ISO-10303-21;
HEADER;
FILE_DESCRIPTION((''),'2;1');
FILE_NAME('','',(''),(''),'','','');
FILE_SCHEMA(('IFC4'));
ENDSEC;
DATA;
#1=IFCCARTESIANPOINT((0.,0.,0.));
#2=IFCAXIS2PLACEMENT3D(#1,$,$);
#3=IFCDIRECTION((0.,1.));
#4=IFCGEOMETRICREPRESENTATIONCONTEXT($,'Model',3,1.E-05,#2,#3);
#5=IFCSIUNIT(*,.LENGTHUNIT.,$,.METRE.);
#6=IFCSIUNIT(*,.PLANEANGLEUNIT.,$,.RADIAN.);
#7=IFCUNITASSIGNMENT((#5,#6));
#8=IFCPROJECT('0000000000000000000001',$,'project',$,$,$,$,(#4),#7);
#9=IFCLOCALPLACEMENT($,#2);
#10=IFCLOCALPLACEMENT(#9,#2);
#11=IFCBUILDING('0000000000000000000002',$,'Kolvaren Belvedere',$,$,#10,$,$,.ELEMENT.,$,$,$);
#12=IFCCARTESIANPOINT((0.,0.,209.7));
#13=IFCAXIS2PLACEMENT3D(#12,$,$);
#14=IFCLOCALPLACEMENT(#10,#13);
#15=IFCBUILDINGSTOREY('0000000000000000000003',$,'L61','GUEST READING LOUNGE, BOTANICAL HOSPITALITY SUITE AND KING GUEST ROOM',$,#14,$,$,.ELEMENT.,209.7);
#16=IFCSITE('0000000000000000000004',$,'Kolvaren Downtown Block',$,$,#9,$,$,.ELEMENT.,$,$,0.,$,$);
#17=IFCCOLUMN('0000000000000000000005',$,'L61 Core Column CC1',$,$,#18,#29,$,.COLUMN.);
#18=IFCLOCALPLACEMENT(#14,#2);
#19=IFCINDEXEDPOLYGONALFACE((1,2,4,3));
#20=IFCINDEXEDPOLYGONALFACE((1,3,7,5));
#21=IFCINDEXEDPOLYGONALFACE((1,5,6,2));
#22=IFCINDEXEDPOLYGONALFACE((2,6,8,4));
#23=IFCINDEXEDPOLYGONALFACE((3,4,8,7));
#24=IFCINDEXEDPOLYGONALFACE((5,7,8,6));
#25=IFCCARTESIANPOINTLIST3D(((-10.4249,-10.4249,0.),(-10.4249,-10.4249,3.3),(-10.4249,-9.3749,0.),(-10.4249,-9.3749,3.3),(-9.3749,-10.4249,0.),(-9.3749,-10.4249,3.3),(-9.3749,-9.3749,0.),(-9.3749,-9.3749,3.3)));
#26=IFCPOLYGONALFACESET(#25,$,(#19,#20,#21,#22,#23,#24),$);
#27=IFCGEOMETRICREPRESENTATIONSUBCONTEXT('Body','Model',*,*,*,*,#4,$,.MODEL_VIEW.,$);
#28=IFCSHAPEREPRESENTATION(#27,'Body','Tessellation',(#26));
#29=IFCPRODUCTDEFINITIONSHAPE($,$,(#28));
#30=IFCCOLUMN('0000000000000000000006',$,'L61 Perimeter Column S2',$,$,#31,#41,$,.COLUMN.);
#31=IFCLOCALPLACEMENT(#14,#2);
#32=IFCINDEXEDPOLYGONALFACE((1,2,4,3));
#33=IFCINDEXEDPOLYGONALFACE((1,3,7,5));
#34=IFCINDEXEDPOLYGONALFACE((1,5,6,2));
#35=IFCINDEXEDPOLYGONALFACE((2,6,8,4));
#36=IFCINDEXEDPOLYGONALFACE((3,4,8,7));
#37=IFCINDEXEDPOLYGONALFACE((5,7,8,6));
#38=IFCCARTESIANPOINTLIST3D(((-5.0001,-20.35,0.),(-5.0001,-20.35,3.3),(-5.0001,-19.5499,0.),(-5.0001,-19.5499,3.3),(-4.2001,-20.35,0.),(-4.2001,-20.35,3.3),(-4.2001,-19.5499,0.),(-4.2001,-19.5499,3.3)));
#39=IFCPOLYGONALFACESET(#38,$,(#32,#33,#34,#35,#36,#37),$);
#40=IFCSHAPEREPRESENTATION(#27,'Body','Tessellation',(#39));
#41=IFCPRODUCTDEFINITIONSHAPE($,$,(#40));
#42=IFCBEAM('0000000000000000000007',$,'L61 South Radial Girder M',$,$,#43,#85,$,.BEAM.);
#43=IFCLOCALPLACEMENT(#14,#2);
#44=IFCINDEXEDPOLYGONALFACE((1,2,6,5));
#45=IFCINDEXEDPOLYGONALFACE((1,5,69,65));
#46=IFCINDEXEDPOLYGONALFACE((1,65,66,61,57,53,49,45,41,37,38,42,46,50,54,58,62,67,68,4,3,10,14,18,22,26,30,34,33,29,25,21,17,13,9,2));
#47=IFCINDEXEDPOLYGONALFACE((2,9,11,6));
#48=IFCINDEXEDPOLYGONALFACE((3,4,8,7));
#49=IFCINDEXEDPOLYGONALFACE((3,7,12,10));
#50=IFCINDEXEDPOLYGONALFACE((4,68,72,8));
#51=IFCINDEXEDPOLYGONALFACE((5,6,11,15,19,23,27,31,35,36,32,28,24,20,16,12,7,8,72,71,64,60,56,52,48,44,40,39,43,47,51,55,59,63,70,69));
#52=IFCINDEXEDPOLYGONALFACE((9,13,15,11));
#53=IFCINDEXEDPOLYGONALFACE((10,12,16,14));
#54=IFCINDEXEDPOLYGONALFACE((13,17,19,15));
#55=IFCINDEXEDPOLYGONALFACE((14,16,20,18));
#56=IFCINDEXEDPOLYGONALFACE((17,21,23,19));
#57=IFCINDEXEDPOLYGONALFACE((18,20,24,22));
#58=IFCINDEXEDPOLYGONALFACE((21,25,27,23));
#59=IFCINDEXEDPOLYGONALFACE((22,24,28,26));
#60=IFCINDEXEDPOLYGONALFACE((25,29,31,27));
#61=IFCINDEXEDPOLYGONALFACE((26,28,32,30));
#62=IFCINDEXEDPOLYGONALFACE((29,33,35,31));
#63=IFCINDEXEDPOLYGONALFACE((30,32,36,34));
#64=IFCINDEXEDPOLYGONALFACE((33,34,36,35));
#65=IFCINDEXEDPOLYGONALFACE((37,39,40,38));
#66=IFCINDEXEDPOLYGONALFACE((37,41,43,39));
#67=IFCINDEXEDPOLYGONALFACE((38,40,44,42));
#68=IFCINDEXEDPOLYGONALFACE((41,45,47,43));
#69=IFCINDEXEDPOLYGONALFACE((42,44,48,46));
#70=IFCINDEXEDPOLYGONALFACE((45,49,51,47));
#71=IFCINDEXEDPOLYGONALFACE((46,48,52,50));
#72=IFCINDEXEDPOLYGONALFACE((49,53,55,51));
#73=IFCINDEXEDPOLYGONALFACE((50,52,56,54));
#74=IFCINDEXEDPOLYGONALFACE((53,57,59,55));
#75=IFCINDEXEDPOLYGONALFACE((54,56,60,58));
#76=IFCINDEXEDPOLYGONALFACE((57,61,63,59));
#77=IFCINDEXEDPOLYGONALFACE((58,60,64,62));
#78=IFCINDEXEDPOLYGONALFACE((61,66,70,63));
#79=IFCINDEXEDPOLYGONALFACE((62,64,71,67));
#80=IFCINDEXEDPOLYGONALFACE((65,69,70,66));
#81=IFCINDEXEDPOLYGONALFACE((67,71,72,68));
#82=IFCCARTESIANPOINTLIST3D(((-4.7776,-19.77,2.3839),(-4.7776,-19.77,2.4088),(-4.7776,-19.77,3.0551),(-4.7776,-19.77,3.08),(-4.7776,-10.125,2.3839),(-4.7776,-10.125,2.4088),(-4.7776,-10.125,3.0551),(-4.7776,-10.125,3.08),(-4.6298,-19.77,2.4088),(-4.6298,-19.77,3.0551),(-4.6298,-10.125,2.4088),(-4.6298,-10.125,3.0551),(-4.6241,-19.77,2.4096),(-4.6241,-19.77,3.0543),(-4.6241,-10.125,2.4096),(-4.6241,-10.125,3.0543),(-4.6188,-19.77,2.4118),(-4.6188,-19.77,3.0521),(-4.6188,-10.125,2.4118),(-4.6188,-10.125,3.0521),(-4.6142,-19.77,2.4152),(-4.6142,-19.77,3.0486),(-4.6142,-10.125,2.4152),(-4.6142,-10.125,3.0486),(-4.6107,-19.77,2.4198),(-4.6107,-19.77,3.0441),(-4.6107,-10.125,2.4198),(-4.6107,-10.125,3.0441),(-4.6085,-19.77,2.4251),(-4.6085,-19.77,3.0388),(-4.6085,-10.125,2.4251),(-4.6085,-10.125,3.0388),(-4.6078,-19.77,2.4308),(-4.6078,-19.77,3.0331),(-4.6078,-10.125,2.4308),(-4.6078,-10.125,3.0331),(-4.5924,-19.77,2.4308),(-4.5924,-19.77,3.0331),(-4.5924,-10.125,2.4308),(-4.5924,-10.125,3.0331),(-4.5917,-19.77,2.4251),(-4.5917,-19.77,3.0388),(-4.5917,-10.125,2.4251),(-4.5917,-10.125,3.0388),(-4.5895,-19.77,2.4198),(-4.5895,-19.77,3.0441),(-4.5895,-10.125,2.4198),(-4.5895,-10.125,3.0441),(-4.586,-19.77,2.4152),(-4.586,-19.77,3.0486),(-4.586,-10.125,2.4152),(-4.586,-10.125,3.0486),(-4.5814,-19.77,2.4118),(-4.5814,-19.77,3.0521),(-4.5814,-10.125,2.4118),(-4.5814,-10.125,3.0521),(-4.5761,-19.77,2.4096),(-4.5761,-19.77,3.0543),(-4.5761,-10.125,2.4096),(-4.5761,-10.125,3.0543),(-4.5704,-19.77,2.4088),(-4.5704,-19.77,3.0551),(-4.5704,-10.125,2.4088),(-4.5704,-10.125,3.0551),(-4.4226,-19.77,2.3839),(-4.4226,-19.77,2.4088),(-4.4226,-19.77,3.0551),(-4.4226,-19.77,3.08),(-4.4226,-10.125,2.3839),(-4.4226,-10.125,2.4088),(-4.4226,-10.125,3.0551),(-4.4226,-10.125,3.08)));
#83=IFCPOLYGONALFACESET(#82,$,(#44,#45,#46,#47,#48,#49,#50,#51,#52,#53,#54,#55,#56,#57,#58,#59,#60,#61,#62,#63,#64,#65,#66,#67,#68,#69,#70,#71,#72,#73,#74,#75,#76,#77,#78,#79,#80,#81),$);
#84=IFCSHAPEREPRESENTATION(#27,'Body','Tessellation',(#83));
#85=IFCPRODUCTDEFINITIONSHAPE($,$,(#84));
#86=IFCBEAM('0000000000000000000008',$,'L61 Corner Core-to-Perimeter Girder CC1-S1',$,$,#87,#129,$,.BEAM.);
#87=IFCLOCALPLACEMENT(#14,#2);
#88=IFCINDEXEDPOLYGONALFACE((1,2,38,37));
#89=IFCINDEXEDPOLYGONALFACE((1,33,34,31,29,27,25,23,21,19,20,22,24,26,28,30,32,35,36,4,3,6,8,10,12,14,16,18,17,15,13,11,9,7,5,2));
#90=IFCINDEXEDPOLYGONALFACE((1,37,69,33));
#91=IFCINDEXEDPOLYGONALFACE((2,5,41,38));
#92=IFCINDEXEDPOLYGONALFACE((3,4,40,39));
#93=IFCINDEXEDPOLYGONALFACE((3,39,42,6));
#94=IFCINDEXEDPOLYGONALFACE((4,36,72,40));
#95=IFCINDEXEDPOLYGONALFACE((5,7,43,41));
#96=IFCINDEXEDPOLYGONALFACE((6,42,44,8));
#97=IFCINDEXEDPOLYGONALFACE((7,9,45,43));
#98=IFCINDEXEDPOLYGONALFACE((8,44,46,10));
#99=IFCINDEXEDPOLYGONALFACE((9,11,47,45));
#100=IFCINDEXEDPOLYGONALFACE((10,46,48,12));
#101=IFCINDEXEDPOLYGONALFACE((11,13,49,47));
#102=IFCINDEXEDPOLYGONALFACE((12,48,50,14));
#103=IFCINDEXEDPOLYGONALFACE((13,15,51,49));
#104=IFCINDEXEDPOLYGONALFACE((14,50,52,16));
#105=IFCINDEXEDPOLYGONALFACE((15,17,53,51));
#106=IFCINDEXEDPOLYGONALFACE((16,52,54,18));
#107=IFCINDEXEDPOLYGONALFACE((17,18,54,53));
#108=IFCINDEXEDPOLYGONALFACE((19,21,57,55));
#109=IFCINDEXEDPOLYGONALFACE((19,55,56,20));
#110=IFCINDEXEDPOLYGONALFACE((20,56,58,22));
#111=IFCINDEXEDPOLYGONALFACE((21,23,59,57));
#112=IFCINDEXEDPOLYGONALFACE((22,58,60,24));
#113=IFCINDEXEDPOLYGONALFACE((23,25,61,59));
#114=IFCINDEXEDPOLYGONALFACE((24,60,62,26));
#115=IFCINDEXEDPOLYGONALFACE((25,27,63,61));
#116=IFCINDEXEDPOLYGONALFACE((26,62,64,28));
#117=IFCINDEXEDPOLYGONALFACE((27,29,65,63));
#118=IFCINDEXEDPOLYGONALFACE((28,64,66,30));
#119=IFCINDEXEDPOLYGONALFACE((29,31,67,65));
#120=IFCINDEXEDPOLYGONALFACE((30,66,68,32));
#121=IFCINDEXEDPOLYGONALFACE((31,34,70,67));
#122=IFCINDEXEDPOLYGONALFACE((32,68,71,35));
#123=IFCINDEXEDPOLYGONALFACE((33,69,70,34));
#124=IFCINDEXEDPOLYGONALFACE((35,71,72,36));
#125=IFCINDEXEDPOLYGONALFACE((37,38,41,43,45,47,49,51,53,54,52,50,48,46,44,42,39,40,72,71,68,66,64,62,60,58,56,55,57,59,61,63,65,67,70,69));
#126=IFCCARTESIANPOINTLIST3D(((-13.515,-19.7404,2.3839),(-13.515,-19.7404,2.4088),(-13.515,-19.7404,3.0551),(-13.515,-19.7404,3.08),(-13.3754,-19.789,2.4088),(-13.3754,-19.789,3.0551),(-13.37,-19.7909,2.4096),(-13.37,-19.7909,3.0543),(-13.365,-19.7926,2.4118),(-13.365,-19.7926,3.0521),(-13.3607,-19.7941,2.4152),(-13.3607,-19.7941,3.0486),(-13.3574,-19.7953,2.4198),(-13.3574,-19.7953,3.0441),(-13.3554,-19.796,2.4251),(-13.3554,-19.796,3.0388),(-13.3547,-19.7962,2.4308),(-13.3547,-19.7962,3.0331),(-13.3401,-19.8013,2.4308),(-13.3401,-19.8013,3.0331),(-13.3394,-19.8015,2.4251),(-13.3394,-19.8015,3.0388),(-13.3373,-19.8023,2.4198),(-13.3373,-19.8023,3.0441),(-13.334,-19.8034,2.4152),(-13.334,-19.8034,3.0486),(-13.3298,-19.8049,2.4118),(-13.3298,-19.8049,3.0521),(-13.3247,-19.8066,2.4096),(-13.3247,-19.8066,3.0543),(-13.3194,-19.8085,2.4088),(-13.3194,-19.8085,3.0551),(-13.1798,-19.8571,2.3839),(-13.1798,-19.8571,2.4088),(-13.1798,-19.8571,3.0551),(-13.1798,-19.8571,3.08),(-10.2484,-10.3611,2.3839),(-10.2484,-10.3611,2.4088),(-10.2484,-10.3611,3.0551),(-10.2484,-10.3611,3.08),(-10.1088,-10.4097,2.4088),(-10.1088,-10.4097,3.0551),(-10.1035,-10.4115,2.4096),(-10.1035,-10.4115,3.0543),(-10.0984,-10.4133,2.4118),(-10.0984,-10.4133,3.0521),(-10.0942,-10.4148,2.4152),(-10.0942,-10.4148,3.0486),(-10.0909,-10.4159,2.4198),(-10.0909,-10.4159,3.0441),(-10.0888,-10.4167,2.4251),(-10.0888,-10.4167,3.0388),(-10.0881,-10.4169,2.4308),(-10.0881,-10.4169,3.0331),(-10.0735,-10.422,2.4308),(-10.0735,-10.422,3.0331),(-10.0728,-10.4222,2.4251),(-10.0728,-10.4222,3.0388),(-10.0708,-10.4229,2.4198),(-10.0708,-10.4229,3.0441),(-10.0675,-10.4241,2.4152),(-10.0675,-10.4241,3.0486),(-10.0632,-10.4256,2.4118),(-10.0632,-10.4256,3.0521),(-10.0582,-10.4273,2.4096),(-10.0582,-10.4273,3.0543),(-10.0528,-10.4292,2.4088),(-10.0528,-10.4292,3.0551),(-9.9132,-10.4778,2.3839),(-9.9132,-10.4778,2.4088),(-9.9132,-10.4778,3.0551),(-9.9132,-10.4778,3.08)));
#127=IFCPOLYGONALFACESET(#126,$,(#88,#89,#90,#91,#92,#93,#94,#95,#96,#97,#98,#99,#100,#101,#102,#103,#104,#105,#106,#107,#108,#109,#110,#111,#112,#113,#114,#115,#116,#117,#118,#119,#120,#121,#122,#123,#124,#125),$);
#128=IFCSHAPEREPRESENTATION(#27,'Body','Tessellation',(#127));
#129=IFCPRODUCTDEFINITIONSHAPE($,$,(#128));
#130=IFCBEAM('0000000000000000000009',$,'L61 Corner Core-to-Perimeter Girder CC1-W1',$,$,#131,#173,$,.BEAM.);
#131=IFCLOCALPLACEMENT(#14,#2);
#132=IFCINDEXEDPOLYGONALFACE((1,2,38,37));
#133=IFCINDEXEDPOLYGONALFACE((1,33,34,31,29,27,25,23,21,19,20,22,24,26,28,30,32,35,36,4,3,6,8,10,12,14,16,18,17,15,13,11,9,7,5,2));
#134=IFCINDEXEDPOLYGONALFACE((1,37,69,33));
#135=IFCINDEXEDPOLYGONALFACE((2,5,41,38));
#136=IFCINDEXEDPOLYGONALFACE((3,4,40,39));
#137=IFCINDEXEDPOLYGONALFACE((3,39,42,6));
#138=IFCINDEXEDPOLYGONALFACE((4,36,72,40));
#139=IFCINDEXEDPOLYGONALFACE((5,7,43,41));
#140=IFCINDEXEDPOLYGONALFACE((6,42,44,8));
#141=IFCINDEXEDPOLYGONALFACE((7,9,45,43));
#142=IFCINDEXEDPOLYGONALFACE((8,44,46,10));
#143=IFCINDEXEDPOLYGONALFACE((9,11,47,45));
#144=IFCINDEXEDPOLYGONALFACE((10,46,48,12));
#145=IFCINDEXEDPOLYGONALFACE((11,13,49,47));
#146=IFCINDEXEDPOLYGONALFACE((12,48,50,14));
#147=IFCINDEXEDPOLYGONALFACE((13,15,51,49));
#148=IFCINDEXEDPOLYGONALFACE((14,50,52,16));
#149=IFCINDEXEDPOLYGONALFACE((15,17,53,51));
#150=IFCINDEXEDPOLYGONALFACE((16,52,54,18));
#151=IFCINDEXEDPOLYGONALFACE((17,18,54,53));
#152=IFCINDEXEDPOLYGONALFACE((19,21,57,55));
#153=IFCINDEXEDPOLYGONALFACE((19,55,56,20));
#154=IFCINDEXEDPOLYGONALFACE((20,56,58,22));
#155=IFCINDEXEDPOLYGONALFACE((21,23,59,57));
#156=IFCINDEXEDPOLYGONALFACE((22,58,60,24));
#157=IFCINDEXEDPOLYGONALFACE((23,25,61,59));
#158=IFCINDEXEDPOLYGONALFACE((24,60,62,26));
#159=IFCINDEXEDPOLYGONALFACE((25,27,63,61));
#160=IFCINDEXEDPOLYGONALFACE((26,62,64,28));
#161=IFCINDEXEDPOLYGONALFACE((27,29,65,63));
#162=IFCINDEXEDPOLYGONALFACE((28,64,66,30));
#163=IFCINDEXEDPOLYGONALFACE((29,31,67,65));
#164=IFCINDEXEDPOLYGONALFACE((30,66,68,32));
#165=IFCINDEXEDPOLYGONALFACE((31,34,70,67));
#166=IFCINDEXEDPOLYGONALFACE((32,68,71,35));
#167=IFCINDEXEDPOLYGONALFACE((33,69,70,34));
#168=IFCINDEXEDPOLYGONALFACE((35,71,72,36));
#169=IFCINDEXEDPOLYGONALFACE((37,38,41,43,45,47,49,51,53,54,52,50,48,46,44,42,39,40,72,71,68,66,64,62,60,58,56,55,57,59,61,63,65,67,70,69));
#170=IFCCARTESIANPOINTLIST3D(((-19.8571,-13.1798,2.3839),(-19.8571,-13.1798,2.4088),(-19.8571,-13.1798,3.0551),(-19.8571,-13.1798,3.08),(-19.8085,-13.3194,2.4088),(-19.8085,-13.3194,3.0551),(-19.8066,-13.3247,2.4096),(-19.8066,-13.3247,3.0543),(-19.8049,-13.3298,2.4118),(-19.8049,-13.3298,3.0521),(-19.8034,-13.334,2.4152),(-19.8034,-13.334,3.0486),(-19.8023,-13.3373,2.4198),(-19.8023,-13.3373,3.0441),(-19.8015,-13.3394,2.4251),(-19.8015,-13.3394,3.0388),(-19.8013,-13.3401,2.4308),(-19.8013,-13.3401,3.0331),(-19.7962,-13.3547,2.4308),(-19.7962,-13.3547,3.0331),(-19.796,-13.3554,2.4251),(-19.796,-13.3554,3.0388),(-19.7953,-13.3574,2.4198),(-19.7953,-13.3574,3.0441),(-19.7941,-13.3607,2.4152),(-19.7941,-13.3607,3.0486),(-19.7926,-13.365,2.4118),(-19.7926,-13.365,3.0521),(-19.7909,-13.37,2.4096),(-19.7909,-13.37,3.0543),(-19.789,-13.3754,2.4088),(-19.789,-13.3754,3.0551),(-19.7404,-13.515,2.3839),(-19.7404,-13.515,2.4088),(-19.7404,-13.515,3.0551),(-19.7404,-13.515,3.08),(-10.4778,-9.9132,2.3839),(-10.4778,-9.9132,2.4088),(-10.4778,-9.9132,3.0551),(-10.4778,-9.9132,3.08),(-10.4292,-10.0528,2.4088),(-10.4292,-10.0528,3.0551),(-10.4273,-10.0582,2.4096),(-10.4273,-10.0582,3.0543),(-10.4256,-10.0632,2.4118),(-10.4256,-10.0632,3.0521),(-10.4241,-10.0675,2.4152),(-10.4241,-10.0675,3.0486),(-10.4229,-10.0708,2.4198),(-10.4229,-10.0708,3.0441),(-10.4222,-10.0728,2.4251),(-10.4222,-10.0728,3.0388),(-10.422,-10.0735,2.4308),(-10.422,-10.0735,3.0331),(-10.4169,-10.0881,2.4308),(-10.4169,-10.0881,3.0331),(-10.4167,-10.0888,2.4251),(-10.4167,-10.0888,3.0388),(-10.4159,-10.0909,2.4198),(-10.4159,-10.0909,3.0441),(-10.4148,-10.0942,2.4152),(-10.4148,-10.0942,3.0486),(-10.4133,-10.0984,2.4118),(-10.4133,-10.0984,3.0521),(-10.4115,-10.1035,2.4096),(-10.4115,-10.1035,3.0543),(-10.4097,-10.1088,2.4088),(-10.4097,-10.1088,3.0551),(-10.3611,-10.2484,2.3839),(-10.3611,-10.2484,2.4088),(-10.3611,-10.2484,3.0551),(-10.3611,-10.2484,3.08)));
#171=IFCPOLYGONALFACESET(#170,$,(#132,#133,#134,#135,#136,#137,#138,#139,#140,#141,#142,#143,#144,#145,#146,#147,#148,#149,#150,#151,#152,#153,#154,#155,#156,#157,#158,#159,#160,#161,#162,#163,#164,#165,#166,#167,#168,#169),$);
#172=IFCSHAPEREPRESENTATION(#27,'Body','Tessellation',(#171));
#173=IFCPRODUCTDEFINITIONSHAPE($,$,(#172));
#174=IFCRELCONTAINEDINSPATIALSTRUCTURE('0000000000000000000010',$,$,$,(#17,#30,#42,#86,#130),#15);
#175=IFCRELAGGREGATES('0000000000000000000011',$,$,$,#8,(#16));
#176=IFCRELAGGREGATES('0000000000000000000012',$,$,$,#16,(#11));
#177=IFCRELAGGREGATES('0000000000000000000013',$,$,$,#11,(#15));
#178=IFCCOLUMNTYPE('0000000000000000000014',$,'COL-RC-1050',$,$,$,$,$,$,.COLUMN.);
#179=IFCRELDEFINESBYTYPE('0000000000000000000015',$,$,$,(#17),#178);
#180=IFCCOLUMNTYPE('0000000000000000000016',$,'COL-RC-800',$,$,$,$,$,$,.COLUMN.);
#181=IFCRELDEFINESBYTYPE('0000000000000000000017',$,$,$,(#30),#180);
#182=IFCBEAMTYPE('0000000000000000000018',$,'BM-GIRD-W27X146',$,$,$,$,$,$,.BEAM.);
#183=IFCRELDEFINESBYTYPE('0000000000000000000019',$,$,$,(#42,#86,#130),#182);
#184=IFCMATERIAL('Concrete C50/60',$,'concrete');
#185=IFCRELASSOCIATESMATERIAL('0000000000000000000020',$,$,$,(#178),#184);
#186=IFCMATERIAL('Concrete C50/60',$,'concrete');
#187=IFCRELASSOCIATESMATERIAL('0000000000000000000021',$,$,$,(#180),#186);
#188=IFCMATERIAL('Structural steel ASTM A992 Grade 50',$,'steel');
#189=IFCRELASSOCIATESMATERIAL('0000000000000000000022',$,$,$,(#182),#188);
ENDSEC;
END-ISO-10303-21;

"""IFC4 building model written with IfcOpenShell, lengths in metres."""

from ifc_helpers import new_model, si_unit, direction, frame, origin, origin_2d, place, context, subcontext, project, spatial, rectangle, i_section, extrude, material, material_profile, profile_set, type_object, element, save


model = new_model("IFC4")

# Units and contexts
model_context = context("Model", 3, precision=1e-05, world=origin(), true_north=direction((0.0, 1.0)))
body_context = subcontext(model_context, "Body", "Model", "MODEL_VIEW")
ifc_project = project(units=[si_unit("LENGTHUNIT", "METRE"), si_unit("PLANEANGLEUNIT", "RADIAN")], contexts=[model_context])

# Site, building, storey
site_placement = place(None, origin())
site = spatial("IfcSite", under=ifc_project, at=site_placement, Name="Kolvaren Downtown Block", CompositionType="ELEMENT", RefElevation=0.0)
building_placement = place(site_placement, origin())
building = spatial("IfcBuilding", under=site, at=building_placement, Name="Kolvaren Belvedere", CompositionType="ELEMENT")
storey_placement = place(building_placement, frame((0.0, 0.0, 209.7)))
storey = spatial("IfcBuildingStorey", under=building, at=storey_placement, Name="L61", Description="GUEST READING LOUNGE, BOTANICAL HOSPITALITY SUITE AND KING GUEST ROOM", CompositionType="ELEMENT", Elevation=209.7)

# Columns
ifc_material_1 = material(Name="Concrete C50/60", Category="concrete")
ifc_material_profile_1 = material_profile(ifc_material_1, rectangle(XDim=1.05, YDim=1.05, at=origin_2d()), Name="RC 1050X1050")
ifc_profile_set_1 = profile_set([ifc_material_profile_1], Name="Concrete C50/60")
column_type_1 = type_object("IfcColumnType", Name="COL-RC-1050", PredefinedType="COLUMN", material=ifc_profile_set_1)
column_1_placement = place(storey_placement, frame((-9.8999, -9.8999, 0.0), z_axis=(0.0, 0.0, 1.0), x_axis=(1.0, 0.0, 0.0)))
element("IfcColumn", 1, at=column_1_placement, inside=storey, type_object=column_type_1, Name="L61 Core Column CC1", PredefinedType="COLUMN", context=body_context, shape_type="SweptSolid", body=[
    extrude(rectangle(XDim=1.05, YDim=1.05, at=origin_2d()), origin(), (0.0, 0.0, 1.0), 3.3),
])
ifc_material_2 = material(Name="Concrete C50/60", Category="concrete")
ifc_material_profile_2 = material_profile(ifc_material_2, rectangle(XDim=0.8, YDim=0.8, at=origin_2d()), Name="RC 800X800")
ifc_profile_set_2 = profile_set([ifc_material_profile_2], Name="Concrete C50/60")
column_type_2 = type_object("IfcColumnType", Name="COL-RC-800", PredefinedType="COLUMN", material=ifc_profile_set_2)
column_2_placement = place(storey_placement, frame((-4.6001, -19.95, 0.0), z_axis=(0.0, 0.0, 1.0), x_axis=(1.0, 0.0, 0.0)))
element("IfcColumn", 2, at=column_2_placement, inside=storey, type_object=column_type_2, Name="L61 Perimeter Column S2", PredefinedType="COLUMN", context=body_context, shape_type="SweptSolid", body=[
    extrude(rectangle(XDim=0.8, YDim=0.8, at=origin_2d()), origin(), (0.0, 0.0, 1.0), 3.3),
])

# Beams
ifc_material_3 = material(Name="Structural steel ASTM A992 Grade 50", Category="steel")
ifc_material_profile_3 = material_profile(ifc_material_3, i_section(OverallWidth=0.355, OverallDepth=0.696, WebThickness=0.0154, FlangeThickness=0.0249, FilletRadius=0.022, at=origin_2d()), Name="W27X146")
ifc_profile_set_3 = profile_set([ifc_material_profile_3], Name="Structural steel ASTM A992 Grade 50")
beam_type_1 = type_object("IfcBeamType", Name="BM-GIRD-W27X146", PredefinedType="BEAM", material=ifc_profile_set_3)
beam_1_placement = place(storey_placement, frame((-4.6001, -10.125, 2.7319), z_axis=(0.0, -1.0, 0.0), x_axis=(1.0, 0.0, 0.0)))
element("IfcBeam", 3, at=beam_1_placement, inside=storey, type_object=beam_type_1, Name="L61 South Radial Girder M", PredefinedType="BEAM", context=body_context, shape_type="SweptSolid", body=[
    extrude(i_section(OverallWidth=0.355, OverallDepth=0.696, WebThickness=0.0154, FlangeThickness=0.0249, FilletRadius=0.022, at=origin_2d()), origin(), (0.0, 0.0, 1.0), 9.645),
])
for number, where, z_axis, x_axis, name in (
    (4, (-10.0808, -10.4194, 2.7319), (-0.328898, -0.944365, 0.0), (0.944365, -0.328898, 0.0), "L61 Corner Core-to-Perimeter Girder CC1-S1"),
    (5, (-10.4194, -10.0808, 2.7319), (-0.944365, -0.328898, 0.0), (0.328898, -0.944365, 0.0), "L61 Corner Core-to-Perimeter Girder CC1-W1"),
):
    element("IfcBeam", number, at=place(storey_placement, frame(where, z_axis=z_axis, x_axis=x_axis)), inside=storey, type_object=beam_type_1, Name=name, PredefinedType="BEAM", context=body_context, shape_type="SweptSolid", body=[
        extrude(i_section(OverallWidth=0.355, OverallDepth=0.696, WebThickness=0.0154, FlangeThickness=0.0249, FilletRadius=0.022, at=origin_2d()), origin(), (0.0, 0.0, 1.0), 9.9319),
    ])

save(model, "model.ifc")
